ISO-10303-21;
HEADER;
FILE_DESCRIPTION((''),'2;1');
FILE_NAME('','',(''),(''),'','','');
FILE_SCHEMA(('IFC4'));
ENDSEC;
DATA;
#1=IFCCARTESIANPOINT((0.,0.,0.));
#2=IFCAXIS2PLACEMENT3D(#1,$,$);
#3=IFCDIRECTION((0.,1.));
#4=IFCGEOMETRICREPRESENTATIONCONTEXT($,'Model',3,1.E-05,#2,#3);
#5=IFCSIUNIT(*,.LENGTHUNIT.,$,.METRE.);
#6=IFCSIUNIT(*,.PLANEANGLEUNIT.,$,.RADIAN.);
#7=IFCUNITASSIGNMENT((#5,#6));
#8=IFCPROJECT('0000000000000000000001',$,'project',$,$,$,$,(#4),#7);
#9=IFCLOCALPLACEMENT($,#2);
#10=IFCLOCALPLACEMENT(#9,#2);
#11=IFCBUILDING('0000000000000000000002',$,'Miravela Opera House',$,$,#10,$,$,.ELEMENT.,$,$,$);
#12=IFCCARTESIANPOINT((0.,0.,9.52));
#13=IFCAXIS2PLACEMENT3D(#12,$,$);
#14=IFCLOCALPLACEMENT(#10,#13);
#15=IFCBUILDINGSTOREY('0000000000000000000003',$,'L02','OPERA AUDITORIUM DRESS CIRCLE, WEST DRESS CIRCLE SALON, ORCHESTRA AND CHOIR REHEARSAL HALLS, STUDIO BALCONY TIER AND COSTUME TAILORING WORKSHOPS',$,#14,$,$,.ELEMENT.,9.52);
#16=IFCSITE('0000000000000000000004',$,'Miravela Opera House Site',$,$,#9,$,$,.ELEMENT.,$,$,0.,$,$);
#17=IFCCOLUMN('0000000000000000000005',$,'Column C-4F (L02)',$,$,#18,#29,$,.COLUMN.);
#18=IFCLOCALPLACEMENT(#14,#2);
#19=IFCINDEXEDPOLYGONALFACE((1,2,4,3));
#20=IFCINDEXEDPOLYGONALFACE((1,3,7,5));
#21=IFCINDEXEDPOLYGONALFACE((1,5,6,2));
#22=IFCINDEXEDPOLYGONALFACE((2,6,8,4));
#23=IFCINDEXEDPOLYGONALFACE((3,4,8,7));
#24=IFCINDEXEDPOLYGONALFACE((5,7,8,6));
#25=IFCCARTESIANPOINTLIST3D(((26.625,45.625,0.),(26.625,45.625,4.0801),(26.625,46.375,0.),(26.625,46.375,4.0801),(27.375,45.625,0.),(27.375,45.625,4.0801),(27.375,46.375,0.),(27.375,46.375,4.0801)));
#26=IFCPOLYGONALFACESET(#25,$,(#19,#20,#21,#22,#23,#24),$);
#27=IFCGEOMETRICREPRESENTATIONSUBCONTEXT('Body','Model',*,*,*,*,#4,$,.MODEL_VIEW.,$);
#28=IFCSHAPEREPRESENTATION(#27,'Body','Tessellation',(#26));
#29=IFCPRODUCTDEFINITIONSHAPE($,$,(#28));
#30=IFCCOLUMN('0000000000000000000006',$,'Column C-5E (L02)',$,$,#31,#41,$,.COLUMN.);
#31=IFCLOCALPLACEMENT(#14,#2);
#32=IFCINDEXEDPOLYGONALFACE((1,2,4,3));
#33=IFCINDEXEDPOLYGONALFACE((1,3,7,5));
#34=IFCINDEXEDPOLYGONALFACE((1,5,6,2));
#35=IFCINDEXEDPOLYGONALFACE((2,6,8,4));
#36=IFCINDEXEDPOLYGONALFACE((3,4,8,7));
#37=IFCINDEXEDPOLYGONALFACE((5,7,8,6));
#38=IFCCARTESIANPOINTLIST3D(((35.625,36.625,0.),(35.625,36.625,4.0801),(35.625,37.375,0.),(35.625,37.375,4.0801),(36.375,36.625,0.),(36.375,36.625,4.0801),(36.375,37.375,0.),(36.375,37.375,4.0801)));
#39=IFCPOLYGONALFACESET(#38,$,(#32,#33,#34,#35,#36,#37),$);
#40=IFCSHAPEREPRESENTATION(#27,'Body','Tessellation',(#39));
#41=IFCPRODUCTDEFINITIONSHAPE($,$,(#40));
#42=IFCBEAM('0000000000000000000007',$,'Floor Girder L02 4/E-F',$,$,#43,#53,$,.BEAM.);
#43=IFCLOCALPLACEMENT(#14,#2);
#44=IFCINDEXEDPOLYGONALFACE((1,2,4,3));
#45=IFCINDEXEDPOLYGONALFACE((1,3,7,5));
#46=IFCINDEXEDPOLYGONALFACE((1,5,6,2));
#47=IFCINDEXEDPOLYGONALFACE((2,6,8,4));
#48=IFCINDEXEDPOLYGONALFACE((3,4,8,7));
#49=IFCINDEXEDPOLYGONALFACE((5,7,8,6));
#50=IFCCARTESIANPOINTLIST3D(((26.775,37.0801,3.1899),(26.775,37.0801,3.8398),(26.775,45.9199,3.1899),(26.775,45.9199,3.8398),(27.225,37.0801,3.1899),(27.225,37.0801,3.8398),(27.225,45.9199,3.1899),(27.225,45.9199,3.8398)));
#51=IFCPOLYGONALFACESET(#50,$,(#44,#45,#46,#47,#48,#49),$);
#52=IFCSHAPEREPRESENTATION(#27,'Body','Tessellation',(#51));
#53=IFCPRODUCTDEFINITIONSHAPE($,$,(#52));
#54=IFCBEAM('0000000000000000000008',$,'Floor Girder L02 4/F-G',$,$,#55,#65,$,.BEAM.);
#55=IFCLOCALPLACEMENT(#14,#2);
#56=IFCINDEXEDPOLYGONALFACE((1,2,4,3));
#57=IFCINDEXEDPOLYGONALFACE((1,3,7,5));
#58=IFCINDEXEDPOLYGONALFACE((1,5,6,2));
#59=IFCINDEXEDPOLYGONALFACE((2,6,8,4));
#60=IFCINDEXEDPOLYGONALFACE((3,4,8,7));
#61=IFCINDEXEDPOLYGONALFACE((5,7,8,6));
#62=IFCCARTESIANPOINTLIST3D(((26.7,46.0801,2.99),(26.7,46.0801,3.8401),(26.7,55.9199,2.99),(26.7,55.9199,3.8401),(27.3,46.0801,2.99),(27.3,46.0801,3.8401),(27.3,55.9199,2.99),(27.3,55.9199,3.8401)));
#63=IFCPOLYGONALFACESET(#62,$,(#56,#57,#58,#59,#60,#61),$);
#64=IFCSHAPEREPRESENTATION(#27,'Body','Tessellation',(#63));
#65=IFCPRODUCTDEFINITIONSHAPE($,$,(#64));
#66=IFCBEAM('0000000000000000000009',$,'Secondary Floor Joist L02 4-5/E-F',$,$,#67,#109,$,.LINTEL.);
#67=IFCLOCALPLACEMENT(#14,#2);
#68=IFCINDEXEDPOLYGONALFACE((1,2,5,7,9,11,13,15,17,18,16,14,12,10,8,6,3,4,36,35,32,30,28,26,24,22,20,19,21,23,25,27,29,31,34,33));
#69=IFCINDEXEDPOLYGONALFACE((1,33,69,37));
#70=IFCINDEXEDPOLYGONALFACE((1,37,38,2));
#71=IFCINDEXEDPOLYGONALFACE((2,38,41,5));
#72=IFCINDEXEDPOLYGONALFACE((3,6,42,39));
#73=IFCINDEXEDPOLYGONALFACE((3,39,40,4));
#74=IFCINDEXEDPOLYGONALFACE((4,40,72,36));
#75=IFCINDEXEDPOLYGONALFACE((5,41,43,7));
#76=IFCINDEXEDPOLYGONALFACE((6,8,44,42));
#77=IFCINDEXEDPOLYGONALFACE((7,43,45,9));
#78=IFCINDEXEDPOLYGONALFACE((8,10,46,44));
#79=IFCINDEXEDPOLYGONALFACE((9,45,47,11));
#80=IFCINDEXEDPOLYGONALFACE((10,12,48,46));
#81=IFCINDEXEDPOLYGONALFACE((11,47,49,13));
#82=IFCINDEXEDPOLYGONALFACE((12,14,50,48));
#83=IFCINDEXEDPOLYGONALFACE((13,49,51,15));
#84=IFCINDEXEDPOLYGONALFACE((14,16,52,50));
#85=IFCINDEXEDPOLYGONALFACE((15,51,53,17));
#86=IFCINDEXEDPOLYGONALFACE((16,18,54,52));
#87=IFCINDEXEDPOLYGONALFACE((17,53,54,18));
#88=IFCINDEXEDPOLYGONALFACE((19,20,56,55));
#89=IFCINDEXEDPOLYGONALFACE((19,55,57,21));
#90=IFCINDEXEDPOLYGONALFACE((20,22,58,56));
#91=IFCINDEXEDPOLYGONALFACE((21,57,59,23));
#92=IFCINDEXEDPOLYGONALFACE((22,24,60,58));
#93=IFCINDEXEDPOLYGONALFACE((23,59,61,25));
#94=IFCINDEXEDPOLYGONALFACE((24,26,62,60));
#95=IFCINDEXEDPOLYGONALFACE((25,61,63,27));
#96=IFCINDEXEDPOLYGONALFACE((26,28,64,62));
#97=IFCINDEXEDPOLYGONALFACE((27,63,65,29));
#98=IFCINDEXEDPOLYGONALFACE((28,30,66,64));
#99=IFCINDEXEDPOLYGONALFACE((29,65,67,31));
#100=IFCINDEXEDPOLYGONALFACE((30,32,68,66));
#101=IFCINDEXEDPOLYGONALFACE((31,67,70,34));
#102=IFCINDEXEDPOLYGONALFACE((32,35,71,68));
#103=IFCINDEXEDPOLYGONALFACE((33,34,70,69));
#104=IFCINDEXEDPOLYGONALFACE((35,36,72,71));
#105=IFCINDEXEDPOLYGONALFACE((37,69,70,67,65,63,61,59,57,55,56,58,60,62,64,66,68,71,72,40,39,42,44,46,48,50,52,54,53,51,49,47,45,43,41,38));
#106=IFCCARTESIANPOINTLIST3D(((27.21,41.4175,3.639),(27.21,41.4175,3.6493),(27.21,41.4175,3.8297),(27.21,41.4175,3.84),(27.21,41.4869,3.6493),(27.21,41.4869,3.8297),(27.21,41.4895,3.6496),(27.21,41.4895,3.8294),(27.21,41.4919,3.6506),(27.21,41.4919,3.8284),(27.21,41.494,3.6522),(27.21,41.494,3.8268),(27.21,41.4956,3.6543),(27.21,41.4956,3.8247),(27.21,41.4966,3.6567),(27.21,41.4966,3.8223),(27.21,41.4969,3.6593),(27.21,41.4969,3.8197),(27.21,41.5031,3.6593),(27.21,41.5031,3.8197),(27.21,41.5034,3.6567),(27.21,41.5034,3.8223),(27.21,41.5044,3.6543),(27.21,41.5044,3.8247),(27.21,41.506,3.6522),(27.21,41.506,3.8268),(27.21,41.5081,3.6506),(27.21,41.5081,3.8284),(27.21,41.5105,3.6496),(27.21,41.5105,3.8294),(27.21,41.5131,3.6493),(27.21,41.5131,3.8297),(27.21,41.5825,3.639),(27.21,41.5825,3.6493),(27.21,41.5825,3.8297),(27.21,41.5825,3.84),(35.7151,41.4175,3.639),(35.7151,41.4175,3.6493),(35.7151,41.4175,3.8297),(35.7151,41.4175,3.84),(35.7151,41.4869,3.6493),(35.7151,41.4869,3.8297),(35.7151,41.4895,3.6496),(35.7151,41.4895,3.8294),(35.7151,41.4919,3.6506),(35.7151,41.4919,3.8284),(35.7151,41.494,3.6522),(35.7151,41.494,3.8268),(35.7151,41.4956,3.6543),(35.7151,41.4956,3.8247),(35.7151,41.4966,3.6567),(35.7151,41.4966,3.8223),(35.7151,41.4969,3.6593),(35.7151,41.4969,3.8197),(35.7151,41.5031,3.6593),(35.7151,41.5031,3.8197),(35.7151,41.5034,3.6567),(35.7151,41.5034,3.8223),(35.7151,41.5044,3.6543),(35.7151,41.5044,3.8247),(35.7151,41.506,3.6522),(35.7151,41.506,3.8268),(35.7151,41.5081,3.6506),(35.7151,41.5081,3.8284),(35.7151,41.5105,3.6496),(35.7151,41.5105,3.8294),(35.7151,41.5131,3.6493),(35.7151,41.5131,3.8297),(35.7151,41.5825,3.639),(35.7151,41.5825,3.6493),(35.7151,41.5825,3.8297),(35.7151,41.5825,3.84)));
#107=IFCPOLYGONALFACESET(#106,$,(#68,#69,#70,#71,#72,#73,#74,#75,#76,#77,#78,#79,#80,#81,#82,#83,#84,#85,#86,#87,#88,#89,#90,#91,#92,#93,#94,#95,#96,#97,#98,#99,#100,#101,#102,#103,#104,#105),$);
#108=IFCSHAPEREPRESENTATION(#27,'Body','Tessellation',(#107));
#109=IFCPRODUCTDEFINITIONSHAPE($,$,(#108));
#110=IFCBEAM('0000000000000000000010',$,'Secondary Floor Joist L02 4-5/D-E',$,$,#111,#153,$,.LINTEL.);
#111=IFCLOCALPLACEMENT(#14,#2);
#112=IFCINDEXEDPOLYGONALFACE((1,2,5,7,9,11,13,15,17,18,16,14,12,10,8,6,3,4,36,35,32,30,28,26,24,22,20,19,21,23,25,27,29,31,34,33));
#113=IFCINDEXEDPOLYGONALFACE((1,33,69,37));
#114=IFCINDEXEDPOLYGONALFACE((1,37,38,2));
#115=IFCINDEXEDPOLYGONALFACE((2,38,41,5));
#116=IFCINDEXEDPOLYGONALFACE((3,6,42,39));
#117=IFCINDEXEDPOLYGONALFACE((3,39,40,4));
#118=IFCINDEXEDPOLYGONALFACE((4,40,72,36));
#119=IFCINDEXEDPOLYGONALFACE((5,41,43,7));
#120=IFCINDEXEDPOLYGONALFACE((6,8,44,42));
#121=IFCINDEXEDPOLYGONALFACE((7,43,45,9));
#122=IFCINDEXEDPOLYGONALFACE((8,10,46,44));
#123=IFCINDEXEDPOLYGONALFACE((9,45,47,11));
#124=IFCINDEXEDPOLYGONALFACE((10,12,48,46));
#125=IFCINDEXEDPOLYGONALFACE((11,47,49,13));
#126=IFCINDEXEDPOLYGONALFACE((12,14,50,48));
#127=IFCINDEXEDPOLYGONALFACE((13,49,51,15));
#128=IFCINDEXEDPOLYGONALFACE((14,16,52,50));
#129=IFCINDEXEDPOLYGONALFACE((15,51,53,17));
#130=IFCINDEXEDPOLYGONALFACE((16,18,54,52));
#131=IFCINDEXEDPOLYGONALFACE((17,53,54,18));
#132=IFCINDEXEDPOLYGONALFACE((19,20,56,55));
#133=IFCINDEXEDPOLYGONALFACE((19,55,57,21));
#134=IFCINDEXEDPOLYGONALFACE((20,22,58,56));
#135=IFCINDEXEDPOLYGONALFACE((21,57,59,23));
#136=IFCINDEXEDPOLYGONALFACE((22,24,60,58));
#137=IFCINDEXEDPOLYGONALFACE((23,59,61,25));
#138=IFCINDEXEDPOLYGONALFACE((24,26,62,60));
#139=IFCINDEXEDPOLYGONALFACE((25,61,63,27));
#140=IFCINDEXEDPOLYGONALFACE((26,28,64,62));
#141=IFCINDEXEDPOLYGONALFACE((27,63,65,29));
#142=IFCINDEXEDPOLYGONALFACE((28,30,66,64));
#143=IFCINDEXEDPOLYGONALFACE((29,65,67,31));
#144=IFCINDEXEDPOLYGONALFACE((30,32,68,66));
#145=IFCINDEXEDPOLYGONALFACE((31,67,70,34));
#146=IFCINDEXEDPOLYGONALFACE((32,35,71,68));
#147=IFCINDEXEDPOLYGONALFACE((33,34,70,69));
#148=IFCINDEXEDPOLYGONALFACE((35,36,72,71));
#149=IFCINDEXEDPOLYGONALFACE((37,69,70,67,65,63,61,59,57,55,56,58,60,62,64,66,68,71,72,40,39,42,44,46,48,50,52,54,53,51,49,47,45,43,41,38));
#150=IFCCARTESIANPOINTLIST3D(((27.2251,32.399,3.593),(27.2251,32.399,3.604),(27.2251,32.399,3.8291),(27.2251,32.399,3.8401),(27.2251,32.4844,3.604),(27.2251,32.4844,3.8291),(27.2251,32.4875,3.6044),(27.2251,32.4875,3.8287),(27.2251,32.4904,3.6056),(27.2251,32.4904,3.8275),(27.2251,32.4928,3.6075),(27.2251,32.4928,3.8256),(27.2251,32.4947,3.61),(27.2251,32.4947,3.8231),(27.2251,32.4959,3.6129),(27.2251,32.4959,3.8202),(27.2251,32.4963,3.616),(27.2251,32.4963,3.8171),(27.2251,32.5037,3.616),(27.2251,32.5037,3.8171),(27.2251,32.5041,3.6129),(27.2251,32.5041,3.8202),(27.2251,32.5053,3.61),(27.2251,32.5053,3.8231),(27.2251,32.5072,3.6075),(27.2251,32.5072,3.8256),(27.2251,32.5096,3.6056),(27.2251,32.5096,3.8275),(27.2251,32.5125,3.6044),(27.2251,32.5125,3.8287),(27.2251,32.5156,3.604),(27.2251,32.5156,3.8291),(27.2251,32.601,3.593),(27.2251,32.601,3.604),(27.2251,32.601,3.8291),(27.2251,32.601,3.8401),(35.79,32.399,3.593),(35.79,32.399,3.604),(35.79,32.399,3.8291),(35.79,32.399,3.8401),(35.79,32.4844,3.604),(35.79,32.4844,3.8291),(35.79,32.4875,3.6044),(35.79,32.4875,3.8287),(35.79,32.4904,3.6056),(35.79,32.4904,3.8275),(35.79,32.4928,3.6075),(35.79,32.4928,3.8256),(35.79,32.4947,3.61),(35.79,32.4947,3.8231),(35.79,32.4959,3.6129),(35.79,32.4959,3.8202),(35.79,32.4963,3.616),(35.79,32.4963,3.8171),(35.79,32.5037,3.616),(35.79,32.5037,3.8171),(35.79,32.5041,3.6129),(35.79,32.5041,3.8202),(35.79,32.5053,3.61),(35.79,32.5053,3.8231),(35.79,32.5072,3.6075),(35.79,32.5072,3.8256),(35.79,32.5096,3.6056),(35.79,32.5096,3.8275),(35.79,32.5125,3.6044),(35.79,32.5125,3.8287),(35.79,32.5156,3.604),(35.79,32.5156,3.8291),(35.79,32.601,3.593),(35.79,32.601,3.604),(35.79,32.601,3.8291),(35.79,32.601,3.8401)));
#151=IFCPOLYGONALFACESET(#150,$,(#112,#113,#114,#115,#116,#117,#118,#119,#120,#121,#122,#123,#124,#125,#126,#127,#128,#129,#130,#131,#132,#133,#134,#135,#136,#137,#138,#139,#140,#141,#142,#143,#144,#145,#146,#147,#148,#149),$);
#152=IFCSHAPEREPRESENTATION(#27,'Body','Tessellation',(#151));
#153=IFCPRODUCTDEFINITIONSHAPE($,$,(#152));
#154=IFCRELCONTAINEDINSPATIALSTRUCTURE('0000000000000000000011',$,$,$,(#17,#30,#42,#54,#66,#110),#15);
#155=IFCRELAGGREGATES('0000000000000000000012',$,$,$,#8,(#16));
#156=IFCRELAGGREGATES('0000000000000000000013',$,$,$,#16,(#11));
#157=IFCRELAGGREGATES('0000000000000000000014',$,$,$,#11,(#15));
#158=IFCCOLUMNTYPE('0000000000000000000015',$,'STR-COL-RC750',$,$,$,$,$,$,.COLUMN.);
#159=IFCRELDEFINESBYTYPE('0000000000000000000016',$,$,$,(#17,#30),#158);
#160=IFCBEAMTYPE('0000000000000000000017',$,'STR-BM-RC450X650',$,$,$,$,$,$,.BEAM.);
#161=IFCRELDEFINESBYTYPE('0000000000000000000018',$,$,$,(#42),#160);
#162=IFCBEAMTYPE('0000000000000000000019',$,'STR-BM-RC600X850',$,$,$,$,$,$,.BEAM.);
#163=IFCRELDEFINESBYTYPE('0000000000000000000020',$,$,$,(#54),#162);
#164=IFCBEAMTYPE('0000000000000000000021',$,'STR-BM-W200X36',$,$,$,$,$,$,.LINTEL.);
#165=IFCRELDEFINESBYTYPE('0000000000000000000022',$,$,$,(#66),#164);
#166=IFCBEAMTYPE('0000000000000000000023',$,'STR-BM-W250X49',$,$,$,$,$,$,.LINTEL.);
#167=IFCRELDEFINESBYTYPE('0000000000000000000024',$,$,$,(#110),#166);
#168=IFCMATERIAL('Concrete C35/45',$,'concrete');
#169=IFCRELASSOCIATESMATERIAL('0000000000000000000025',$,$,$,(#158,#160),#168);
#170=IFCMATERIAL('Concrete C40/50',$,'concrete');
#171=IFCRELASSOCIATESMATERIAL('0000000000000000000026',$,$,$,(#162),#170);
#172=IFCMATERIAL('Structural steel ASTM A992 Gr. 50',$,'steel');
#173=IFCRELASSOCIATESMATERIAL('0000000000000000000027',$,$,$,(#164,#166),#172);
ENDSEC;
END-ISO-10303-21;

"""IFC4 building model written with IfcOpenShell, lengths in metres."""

from ifc_helpers import new_model, si_unit, direction, frame, origin, origin_2d, place, context, subcontext, project, spatial, rectangle, i_section, extrude, material, material_profile, profile_set, type_object, element, save


model = new_model("IFC4")

# Units and contexts
model_context = context("Model", 3, precision=1e-05, world=origin(), true_north=direction((0.0, 1.0)))
body_context = subcontext(model_context, "Body", "Model", "MODEL_VIEW")
ifc_project = project(units=[si_unit("LENGTHUNIT", "METRE"), si_unit("PLANEANGLEUNIT", "RADIAN")], contexts=[model_context])

# Site, building, storey
site_placement = place(None, origin())
site = spatial("IfcSite", under=ifc_project, at=site_placement, Name="Miravela Opera House Site", CompositionType="ELEMENT", RefElevation=0.0)
building_placement = place(site_placement, origin())
building = spatial("IfcBuilding", under=site, at=building_placement, Name="Miravela Opera House", CompositionType="ELEMENT")
storey_placement = place(building_placement, frame((0.0, 0.0, 9.52)))
storey = spatial("IfcBuildingStorey", under=building, at=storey_placement, Name="L02", Description="OPERA AUDITORIUM DRESS CIRCLE, WEST DRESS CIRCLE SALON, ORCHESTRA AND CHOIR REHEARSAL HALLS, STUDIO BALCONY TIER AND COSTUME TAILORING WORKSHOPS", CompositionType="ELEMENT", Elevation=9.52)

# Columns
ifc_material_1 = material(Name="Concrete C35/45", Category="concrete")
ifc_material_profile_1 = material_profile(ifc_material_1, rectangle(XDim=0.75, YDim=0.75, at=origin_2d()), Name="RC-COL-750X750")
ifc_profile_set_1 = profile_set([ifc_material_profile_1])
column_type = type_object("IfcColumnType", Name="STR-COL-RC750", PredefinedType="COLUMN", material=ifc_profile_set_1)
for number, where, z_axis, x_axis, name in (
    (1, (27.0, 46.0, 0.0), (0.0, 0.0, 1.0), (1.0, 0.0, 0.0), "Column C-4F (L02)"),
    (2, (36.0, 37.0, 0.0), (0.0, 0.0, 1.0), (1.0, 0.0, 0.0), "Column C-5E (L02)"),
):
    element("IfcColumn", number, at=place(storey_placement, frame(where, z_axis=z_axis, x_axis=x_axis)), inside=storey, type_object=column_type, Name=name, PredefinedType="COLUMN", context=body_context, shape_type="SweptSolid", body=[
        extrude(rectangle(XDim=0.75, YDim=0.75, at=origin_2d()), origin(), (0.0, 0.0, 1.0), 4.0801),
    ])

# Beams
ifc_material_profile_2 = material_profile(ifc_material_1, rectangle(XDim=0.45, YDim=0.6499, at=origin_2d()), Name="RC-BM-450X650")
ifc_profile_set_2 = profile_set([ifc_material_profile_2])
beam_type_1 = type_object("IfcBeamType", Name="STR-BM-RC450X650", PredefinedType="BEAM", material=ifc_profile_set_2)
beam_1_placement = place(storey_placement, frame((27.0, 37.0801, 3.5149), z_axis=(0.0, 1.0, 0.0), x_axis=(-1.0, 0.0, 0.0)))
element("IfcBeam", 3, at=beam_1_placement, inside=storey, type_object=beam_type_1, Name="Floor Girder L02 4/E-F", PredefinedType="BEAM", context=body_context, shape_type="SweptSolid", body=[
    extrude(rectangle(XDim=0.45, YDim=0.6499, at=origin_2d()), origin(), (0.0, 0.0, 1.0), 8.8398),
])
ifc_material_2 = material(Name="Concrete C40/50", Category="concrete")
ifc_material_profile_3 = material_profile(ifc_material_2, rectangle(XDim=0.6001, YDim=0.8501, at=origin_2d()), Name="RC-BM-600X850")
ifc_profile_set_3 = profile_set([ifc_material_profile_3])
beam_type_2 = type_object("IfcBeamType", Name="STR-BM-RC600X850", PredefinedType="BEAM", material=ifc_profile_set_3)
beam_2_placement = place(storey_placement, frame((27.0, 46.0801, 3.415), z_axis=(0.0, 1.0, 0.0), x_axis=(-1.0, 0.0, 0.0)))
element("IfcBeam", 4, at=beam_2_placement, inside=storey, type_object=beam_type_2, Name="Floor Girder L02 4/F-G", PredefinedType="BEAM", context=body_context, shape_type="SweptSolid", body=[
    extrude(rectangle(XDim=0.6001, YDim=0.8501, at=origin_2d()), origin(), (0.0, 0.0, 1.0), 9.8398),
])
ifc_material_3 = material(Name="Structural steel ASTM A992 Gr. 50", Category="steel")
ifc_material_profile_4 = material_profile(ifc_material_3, i_section(OverallWidth=0.165, OverallDepth=0.2009, WebThickness=0.0061, FlangeThickness=0.0103, FilletRadius=0.01, at=origin_2d()), Name="W200X36")
ifc_profile_set_4 = profile_set([ifc_material_profile_4])
beam_type_3 = type_object("IfcBeamType", Name="STR-BM-W200X36", PredefinedType="LINTEL", material=ifc_profile_set_4)
beam_3_placement = place(storey_placement, frame((27.21, 41.5, 3.7395), z_axis=(1.0, 0.0, 0.0), x_axis=(0.0, 1.0, 0.0)))
element("IfcBeam", 5, at=beam_3_placement, inside=storey, type_object=beam_type_3, Name="Secondary Floor Joist L02 4-5/E-F", PredefinedType="LINTEL", context=body_context, shape_type="SweptSolid", body=[
    extrude(i_section(OverallWidth=0.165, OverallDepth=0.2009, WebThickness=0.0061, FlangeThickness=0.0103, FilletRadius=0.01, at=origin_2d()), origin(), (0.0, 0.0, 1.0), 8.5051),
])
ifc_material_profile_5 = material_profile(ifc_material_3, i_section(OverallWidth=0.2019, OverallDepth=0.2471, WebThickness=0.0073, FlangeThickness=0.011, FilletRadius=0.012, at=origin_2d()), Name="W250X49")
ifc_profile_set_5 = profile_set([ifc_material_profile_5])
beam_type_4 = type_object("IfcBeamType", Name="STR-BM-W250X49", PredefinedType="LINTEL", material=ifc_profile_set_5)
beam_4_placement = place(storey_placement, frame((27.2251, 32.5, 3.7166), z_axis=(1.0, 0.0, 0.0), x_axis=(0.0, 1.0, 0.0)))
element("IfcBeam", 6, at=beam_4_placement, inside=storey, type_object=beam_type_4, Name="Secondary Floor Joist L02 4-5/D-E", PredefinedType="LINTEL", context=body_context, shape_type="SweptSolid", body=[
    extrude(i_section(OverallWidth=0.2019, OverallDepth=0.2471, WebThickness=0.0073, FlangeThickness=0.011, FilletRadius=0.012, at=origin_2d()), origin(), (0.0, 0.0, 1.0), 8.5649),
])

save(model, "model.ifc")
